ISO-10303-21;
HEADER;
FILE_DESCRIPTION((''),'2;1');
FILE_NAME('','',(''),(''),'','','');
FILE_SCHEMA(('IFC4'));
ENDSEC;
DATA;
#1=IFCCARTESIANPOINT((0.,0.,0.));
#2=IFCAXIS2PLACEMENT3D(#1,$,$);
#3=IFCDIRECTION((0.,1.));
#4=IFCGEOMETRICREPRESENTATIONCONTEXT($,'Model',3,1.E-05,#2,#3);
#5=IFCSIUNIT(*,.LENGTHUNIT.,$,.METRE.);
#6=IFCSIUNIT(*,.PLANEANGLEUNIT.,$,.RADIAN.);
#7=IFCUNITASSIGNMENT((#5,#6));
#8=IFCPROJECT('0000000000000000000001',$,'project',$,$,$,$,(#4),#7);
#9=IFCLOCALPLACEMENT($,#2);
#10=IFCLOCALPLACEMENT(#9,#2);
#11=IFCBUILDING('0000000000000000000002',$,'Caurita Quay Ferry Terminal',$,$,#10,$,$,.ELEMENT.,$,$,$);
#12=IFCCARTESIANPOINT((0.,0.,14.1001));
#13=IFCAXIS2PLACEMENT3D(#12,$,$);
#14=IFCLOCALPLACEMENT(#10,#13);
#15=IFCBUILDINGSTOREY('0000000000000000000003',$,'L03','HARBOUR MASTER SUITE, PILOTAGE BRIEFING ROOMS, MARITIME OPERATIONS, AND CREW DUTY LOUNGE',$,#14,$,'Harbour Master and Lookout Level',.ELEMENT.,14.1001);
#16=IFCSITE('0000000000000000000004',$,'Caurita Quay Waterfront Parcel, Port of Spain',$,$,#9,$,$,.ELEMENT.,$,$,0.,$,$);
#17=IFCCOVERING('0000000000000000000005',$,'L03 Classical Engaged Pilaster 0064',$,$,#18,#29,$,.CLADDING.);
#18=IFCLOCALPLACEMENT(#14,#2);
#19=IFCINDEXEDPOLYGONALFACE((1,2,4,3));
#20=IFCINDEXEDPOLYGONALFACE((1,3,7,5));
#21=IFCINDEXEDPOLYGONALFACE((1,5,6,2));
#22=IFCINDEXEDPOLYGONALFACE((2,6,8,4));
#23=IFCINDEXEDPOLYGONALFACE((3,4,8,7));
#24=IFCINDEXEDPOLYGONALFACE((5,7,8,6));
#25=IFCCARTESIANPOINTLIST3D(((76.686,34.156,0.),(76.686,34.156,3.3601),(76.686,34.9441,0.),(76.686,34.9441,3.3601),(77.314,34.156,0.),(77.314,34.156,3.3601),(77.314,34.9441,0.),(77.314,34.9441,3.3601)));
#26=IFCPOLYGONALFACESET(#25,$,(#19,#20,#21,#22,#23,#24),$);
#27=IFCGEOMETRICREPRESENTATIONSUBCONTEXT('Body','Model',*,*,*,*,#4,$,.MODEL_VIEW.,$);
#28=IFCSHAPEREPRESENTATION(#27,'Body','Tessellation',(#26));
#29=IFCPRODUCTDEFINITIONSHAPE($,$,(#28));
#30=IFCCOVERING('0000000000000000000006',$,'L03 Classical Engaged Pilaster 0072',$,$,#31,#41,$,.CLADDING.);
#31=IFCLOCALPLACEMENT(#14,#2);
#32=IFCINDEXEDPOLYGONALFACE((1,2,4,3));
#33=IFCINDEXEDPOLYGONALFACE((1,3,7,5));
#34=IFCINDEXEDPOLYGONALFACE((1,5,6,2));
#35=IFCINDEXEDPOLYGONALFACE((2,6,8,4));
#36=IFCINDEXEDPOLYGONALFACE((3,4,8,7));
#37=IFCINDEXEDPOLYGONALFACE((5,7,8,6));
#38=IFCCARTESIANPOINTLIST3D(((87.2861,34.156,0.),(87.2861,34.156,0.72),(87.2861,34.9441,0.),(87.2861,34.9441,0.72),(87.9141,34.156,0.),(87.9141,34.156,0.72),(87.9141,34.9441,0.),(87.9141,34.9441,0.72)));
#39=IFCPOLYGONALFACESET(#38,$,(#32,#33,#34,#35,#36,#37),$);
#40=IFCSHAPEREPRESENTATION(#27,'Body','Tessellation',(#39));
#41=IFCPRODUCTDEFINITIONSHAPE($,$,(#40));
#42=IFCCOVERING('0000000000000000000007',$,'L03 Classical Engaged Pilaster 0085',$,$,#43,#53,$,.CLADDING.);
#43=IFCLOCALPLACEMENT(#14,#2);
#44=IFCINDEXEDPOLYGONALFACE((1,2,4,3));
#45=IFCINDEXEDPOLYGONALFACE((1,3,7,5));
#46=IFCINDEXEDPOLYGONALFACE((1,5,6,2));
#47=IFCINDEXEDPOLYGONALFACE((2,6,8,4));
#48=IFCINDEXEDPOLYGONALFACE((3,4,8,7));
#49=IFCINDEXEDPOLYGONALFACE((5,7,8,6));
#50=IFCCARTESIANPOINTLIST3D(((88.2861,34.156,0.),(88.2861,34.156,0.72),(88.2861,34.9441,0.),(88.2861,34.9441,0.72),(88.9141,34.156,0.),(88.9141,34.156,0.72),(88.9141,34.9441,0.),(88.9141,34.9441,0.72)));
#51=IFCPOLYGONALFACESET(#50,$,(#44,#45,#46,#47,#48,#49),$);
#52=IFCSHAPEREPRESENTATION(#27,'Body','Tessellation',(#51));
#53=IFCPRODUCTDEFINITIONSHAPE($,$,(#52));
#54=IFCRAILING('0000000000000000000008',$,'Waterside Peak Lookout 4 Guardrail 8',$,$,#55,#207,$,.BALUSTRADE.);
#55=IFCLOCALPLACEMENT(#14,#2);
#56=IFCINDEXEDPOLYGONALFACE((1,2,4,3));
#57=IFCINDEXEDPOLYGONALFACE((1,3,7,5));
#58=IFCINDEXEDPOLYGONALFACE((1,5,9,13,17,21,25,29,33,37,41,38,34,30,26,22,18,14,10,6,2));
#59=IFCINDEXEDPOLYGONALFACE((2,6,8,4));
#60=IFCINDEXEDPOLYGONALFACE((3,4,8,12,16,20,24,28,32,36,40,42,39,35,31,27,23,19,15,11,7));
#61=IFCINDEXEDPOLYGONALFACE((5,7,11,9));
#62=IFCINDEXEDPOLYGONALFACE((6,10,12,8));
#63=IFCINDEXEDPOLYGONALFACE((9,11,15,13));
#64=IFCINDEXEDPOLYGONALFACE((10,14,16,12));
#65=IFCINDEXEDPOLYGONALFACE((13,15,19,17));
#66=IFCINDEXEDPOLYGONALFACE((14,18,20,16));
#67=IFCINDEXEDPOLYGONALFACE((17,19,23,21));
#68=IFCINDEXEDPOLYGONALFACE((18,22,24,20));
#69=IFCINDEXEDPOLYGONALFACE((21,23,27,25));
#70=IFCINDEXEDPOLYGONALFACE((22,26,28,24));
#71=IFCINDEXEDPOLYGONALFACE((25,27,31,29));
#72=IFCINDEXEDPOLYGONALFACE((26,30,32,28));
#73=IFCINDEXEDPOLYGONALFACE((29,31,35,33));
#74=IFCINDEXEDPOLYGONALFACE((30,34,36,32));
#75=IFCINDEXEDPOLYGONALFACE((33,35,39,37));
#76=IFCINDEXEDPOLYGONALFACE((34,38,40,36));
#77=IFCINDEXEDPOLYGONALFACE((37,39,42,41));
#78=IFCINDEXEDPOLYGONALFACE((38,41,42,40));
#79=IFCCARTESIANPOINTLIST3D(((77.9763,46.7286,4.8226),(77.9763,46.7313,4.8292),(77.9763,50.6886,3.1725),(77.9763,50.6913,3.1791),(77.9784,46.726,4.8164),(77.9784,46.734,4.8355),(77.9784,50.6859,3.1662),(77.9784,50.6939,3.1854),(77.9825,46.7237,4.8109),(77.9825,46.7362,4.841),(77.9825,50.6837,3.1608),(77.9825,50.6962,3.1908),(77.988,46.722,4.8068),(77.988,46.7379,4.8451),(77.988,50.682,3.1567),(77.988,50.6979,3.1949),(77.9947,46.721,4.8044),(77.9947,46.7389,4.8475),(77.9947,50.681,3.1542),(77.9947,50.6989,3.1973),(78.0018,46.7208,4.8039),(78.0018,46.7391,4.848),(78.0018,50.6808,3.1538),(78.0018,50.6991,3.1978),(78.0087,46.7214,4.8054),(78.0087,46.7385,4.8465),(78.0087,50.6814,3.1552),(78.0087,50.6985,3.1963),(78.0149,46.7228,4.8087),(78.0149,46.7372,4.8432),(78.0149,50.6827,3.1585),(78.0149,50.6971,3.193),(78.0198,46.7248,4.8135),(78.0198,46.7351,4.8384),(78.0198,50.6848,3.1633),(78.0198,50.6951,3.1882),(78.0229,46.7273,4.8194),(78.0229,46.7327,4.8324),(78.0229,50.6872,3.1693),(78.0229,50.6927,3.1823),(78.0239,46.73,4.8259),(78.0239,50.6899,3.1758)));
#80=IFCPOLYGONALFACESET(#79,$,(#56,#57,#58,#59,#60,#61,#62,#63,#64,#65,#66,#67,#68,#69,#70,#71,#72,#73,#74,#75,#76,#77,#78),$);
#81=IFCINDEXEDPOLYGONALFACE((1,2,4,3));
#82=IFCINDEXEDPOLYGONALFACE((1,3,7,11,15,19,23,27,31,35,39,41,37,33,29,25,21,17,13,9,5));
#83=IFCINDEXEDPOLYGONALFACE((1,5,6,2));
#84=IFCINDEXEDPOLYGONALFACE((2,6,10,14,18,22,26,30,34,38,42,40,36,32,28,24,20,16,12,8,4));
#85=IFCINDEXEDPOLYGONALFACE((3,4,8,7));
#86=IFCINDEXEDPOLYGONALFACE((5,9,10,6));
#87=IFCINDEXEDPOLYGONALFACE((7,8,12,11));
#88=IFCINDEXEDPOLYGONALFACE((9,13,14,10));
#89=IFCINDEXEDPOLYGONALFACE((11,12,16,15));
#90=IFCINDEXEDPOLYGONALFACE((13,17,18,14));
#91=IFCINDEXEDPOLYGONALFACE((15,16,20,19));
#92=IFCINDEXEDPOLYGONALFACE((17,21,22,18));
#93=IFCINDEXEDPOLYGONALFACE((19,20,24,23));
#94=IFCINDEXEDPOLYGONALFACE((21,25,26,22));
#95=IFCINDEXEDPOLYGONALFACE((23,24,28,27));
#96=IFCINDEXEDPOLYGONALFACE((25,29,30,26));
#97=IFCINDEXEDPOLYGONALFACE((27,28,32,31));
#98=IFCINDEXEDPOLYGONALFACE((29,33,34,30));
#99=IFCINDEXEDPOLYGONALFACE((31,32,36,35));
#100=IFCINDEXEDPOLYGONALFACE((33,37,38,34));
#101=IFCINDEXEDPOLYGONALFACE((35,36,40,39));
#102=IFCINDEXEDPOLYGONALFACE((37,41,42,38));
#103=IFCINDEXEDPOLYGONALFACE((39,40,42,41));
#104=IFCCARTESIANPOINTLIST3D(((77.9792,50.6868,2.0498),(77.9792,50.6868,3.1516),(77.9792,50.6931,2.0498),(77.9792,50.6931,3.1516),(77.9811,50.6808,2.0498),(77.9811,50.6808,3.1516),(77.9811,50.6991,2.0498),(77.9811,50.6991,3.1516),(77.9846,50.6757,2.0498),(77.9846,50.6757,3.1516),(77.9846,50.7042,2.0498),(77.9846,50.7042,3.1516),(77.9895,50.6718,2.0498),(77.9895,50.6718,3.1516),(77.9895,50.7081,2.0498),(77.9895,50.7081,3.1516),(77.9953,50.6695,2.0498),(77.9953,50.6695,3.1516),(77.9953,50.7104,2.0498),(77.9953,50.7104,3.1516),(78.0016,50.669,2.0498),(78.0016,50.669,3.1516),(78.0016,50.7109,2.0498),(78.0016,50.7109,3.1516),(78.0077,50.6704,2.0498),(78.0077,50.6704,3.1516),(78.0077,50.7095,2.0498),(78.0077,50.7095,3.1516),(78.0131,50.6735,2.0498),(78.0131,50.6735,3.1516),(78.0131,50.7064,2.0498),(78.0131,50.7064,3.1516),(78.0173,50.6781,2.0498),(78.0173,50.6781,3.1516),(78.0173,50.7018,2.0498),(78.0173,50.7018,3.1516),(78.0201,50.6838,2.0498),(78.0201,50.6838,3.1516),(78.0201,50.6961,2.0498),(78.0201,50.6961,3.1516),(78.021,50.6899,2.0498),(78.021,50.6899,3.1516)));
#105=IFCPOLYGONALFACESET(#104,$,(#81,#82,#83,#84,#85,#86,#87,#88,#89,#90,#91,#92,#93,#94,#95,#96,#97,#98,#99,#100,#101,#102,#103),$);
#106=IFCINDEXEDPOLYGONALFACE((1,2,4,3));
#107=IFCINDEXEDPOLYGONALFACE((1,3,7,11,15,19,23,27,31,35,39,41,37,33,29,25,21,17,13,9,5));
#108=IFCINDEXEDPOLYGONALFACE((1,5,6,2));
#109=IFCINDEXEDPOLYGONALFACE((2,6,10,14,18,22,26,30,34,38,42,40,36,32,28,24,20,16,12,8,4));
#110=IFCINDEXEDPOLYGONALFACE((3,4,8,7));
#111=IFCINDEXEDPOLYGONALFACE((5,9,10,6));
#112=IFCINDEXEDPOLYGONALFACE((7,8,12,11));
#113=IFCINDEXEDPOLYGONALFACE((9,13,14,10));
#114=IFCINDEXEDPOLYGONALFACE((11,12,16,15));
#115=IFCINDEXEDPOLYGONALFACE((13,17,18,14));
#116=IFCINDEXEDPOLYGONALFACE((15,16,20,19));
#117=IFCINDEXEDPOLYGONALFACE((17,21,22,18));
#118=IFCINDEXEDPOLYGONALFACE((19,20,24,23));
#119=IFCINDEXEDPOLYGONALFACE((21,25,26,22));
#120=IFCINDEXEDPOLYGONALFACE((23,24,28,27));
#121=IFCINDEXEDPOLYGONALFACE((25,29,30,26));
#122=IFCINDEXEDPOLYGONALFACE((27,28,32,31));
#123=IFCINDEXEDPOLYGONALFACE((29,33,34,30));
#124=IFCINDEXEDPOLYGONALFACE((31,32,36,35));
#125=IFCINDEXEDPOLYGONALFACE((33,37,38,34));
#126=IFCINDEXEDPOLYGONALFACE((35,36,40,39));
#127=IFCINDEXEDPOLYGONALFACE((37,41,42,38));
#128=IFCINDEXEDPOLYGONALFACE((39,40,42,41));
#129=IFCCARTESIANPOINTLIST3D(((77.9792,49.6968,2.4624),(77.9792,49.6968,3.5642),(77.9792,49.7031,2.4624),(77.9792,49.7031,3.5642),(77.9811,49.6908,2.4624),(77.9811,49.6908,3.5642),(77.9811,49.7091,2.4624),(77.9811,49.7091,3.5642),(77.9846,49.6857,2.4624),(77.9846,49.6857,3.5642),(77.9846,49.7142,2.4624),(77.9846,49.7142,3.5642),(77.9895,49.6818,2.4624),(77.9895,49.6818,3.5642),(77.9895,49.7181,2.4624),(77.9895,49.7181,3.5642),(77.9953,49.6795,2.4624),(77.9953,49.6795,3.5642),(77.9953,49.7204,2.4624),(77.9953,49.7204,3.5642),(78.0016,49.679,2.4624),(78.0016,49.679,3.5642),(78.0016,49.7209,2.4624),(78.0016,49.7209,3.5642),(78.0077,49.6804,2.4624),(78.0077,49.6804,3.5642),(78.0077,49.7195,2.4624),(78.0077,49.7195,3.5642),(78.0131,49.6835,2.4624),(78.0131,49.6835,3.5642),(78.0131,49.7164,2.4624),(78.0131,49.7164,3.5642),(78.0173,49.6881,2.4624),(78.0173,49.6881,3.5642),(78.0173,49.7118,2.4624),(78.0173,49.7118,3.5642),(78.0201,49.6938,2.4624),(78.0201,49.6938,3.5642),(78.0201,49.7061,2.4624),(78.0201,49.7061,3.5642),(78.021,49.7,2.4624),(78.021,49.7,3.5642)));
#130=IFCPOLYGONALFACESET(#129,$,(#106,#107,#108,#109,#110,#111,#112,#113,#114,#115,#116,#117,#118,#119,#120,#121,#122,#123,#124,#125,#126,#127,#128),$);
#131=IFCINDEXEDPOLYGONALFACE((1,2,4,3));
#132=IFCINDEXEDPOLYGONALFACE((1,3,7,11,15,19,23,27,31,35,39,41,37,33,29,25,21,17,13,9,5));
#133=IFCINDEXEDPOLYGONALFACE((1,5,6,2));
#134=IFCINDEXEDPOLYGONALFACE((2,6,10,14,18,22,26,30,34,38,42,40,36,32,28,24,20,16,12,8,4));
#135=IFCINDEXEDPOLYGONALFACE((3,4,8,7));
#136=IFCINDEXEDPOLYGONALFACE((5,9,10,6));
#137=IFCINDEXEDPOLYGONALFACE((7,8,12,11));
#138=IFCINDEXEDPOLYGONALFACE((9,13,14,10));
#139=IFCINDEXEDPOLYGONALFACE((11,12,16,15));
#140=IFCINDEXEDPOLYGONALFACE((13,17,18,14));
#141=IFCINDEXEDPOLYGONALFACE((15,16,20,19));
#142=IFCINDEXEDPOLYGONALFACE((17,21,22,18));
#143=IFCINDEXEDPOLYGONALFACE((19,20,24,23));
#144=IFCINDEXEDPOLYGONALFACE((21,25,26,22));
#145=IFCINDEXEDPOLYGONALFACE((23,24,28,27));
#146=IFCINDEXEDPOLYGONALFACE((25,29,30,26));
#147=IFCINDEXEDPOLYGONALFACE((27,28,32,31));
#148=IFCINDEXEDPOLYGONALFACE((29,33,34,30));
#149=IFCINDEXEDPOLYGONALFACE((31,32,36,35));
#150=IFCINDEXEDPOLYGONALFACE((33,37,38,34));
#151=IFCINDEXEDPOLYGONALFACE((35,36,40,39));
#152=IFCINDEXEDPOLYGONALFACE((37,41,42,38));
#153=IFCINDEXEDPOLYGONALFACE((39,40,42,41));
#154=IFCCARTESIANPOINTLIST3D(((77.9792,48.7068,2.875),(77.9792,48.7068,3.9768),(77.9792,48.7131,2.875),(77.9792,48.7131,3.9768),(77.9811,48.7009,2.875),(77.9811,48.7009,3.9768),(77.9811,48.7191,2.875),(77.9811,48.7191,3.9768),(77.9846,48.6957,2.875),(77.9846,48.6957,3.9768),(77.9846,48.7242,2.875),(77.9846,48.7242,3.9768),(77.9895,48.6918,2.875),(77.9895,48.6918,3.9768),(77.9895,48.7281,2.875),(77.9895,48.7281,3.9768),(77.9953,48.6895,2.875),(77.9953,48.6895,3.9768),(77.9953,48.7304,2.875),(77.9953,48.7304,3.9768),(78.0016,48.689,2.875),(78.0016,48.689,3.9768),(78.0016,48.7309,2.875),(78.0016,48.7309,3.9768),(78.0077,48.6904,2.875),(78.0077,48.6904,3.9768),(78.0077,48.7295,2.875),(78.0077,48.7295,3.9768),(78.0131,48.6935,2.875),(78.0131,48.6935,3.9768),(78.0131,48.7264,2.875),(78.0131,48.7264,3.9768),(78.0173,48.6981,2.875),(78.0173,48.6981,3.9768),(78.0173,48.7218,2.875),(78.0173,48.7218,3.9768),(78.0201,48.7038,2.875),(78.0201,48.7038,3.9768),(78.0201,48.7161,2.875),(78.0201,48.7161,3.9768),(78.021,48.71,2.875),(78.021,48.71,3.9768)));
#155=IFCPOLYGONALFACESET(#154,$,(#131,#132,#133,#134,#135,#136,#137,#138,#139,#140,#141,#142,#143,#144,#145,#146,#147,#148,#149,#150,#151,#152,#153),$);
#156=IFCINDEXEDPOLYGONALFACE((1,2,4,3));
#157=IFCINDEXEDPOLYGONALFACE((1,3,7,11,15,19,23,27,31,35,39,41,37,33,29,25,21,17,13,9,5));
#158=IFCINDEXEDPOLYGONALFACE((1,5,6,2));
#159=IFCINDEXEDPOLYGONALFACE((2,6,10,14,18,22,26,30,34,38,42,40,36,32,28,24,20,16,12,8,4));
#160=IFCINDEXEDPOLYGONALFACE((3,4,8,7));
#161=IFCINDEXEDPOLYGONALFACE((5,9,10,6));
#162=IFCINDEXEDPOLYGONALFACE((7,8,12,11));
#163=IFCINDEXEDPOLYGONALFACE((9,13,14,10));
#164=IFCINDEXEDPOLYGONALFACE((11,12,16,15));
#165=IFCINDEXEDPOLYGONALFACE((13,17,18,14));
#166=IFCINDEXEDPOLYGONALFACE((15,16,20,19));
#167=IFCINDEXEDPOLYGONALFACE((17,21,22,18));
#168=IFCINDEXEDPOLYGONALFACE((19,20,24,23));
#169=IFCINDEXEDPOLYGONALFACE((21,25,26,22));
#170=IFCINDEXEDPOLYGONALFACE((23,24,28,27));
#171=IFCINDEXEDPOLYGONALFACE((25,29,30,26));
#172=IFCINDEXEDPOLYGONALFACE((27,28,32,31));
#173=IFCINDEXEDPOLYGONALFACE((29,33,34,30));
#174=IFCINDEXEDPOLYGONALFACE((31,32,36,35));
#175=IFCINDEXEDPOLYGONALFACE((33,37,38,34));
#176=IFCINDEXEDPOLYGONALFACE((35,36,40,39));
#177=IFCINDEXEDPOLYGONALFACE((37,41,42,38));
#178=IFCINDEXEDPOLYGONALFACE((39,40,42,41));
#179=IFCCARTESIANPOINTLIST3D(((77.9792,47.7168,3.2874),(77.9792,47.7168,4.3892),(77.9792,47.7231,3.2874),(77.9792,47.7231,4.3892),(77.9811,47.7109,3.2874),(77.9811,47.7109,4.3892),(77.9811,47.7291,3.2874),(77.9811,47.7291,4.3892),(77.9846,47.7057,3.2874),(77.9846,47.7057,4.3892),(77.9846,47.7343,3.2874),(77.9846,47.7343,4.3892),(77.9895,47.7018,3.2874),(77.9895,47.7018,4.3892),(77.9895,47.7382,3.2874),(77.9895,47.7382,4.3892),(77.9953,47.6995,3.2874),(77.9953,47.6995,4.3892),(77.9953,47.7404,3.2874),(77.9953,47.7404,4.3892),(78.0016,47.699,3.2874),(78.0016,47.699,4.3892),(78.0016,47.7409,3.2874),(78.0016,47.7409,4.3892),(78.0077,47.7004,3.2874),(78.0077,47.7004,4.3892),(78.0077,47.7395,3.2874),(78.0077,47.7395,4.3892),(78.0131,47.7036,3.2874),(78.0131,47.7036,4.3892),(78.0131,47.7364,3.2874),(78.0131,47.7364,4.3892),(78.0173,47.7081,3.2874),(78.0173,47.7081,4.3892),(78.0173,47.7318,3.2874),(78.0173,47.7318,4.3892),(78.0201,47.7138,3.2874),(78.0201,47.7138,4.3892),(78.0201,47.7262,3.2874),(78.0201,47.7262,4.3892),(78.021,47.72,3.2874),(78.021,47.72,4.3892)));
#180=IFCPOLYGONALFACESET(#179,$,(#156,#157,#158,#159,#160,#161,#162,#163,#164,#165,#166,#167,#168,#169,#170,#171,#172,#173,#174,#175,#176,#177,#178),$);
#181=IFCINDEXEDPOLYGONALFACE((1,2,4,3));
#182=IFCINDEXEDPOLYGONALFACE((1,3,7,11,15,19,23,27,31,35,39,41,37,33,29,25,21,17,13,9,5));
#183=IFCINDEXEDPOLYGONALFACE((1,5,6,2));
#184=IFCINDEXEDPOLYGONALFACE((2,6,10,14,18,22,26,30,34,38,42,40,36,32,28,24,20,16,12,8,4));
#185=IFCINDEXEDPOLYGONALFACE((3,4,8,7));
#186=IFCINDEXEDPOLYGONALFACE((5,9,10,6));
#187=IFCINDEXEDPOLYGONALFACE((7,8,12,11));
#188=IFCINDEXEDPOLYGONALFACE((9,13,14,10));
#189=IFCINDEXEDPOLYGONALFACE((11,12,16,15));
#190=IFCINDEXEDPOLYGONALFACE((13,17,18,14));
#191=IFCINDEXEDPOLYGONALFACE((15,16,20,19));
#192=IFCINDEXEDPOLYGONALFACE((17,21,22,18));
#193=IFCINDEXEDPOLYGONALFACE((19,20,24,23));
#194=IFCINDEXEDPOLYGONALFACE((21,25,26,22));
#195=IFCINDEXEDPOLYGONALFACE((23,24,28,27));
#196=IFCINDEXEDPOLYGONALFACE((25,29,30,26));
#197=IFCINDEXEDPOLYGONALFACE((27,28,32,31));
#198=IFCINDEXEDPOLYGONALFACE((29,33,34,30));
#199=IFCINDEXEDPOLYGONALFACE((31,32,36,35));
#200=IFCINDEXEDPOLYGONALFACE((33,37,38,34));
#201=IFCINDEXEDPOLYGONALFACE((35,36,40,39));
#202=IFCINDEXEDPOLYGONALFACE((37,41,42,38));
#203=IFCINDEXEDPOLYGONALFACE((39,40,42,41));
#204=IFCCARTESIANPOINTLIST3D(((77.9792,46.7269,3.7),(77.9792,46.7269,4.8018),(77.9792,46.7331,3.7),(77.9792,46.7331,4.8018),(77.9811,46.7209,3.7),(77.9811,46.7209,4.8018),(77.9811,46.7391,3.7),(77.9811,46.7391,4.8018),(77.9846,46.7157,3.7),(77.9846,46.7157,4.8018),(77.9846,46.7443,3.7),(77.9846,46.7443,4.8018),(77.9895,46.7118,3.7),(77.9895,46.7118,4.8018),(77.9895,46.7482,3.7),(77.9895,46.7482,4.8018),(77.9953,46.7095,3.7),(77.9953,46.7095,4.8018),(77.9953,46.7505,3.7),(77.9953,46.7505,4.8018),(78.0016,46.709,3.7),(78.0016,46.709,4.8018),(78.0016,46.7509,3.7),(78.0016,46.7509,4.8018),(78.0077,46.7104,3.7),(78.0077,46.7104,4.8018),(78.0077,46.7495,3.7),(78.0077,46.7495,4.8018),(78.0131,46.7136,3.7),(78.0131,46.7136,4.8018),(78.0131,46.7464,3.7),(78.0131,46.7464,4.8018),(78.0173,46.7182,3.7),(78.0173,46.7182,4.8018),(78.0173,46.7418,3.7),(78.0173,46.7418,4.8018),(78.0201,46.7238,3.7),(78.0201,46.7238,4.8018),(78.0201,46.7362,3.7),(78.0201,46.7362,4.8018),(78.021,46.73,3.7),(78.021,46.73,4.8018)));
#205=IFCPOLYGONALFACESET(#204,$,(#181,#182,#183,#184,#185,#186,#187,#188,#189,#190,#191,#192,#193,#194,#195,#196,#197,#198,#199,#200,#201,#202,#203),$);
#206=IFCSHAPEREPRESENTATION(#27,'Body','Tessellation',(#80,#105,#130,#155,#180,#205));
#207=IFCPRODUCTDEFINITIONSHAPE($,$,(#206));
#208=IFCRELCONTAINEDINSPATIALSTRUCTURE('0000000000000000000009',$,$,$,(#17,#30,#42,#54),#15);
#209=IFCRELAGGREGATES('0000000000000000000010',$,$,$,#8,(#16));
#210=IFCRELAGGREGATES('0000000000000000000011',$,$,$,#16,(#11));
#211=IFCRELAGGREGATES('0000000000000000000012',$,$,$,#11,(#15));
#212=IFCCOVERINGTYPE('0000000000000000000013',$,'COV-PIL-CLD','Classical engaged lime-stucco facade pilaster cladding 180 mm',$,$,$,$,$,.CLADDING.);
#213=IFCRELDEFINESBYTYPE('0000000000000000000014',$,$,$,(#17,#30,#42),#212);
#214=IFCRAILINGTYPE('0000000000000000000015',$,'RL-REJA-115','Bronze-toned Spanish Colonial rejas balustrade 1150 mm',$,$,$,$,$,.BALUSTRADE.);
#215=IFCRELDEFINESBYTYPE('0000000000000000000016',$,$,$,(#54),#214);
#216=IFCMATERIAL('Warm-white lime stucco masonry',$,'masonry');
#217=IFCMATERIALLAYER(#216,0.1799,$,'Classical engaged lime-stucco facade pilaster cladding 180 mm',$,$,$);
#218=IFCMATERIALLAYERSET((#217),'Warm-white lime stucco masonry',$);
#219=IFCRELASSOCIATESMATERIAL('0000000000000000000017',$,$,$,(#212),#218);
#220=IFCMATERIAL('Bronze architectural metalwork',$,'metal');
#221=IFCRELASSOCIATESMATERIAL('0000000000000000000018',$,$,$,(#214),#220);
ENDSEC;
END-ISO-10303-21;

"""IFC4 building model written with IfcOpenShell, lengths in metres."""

from ifc_helpers import new_model, si_unit, direction, frame, origin, origin_2d, place, context, subcontext, project, spatial, rectangle, circle, extrude, material, layer, layer_set, type_object, element, save


model = new_model("IFC4")

# Units and contexts
model_context = context("Model", 3, precision=1e-05, world=origin(), true_north=direction((0.0, 1.0)))
body_context = subcontext(model_context, "Body", "Model", "MODEL_VIEW")
ifc_project = project(units=[si_unit("LENGTHUNIT", "METRE"), si_unit("PLANEANGLEUNIT", "RADIAN")], contexts=[model_context])

# Site, building, storey
site_placement = place(None, origin())
site = spatial("IfcSite", under=ifc_project, at=site_placement, Name="Caurita Quay Waterfront Parcel, Port of Spain", CompositionType="ELEMENT", RefElevation=0.0)
building_placement = place(site_placement, origin())
building = spatial("IfcBuilding", under=site, at=building_placement, Name="Caurita Quay Ferry Terminal", CompositionType="ELEMENT")
storey_placement = place(building_placement, frame((0.0, 0.0, 14.1001)))
storey = spatial("IfcBuildingStorey", under=building, at=storey_placement, Name="L03", Description="HARBOUR MASTER SUITE, PILOTAGE BRIEFING ROOMS, MARITIME OPERATIONS, AND CREW DUTY LOUNGE", LongName="Harbour Master and Lookout Level", CompositionType="ELEMENT", Elevation=14.1001)

# Coverings
ifc_material_1 = material(Name="Warm-white lime stucco masonry", Category="masonry")
ifc_layer_1 = layer(ifc_material_1, 0.1799, Name="Classical engaged lime-stucco facade pilaster cladding 180 mm")
ifc_layer_set_1 = layer_set([ifc_layer_1], Name="Warm-white lime stucco masonry")
covering_type_1 = type_object("IfcCoveringType", Name="COV-PIL-CLD", Description="Classical engaged lime-stucco facade pilaster cladding 180 mm", PredefinedType="CLADDING", material=ifc_layer_set_1)
covering_1_placement = place(storey_placement, frame((77.0, 34.55, 0.0), z_axis=(0.0, 0.0, 1.0), x_axis=(1.0, 0.0, 0.0)))
element("IfcCovering", 1, at=covering_1_placement, inside=storey, type_object=covering_type_1, Name="L03 Classical Engaged Pilaster 0064", PredefinedType="CLADDING", context=body_context, shape_type="SweptSolid", body=[
    extrude(rectangle(XDim=0.6279, YDim=0.7881, at=origin_2d()), origin(), (0.0, 0.0, 1.0), 3.3601),
])
for number, where, z_axis, x_axis, name in (
    (2, (87.6001, 34.55, 0.0), (0.0, 0.0, 1.0), (1.0, 0.0, 0.0), "L03 Classical Engaged Pilaster 0072"),
    (3, (88.6001, 34.55, 0.0), (0.0, 0.0, 1.0), (1.0, 0.0, 0.0), "L03 Classical Engaged Pilaster 0085"),
):
    element("IfcCovering", number, at=place(storey_placement, frame(where, z_axis=z_axis, x_axis=x_axis)), inside=storey, type_object=covering_type_1, Name=name, PredefinedType="CLADDING", context=body_context, shape_type="SweptSolid", body=[
        extrude(rectangle(XDim=0.6279, YDim=0.7881, at=origin_2d()), origin(), (0.0, 0.0, 1.0), 0.72),
    ])

# Railing
ifc_material_2 = material(Name="Bronze architectural metalwork", Category="metal")
railing_type = type_object("IfcRailingType", Name="RL-REJA-115", Description="Bronze-toned Spanish Colonial rejas balustrade 1150 mm", PredefinedType="BALUSTRADE", material=ifc_material_2)
railing_placement = place(storey_placement, frame((78.0, 50.6899, 2.0498)))
element("IfcRailing", 4, at=railing_placement, inside=storey, type_object=railing_type, Name="Waterside Peak Lookout 4 Guardrail 8", PredefinedType="BALUSTRADE", context=body_context, shape_type="SweptSolid", body=[
    extrude(circle(Radius=0.0239, at=origin_2d()), frame((0.0, 0.0, 1.126), z_axis=(0.0, -0.923063, 0.384648), x_axis=(1.0, 0.0, 0.0)), (0.0, 0.0, 1.0), 4.29),
    extrude(circle(Radius=0.021, at=origin_2d()), origin(), (0.0, 0.0, 1.0), 1.1018),
    extrude(circle(Radius=0.021, at=origin_2d()), frame((0.0, -0.99, 0.4126)), (0.0, 0.0, 1.0), 1.1018),
    extrude(circle(Radius=0.021, at=origin_2d()), frame((0.0, -1.98, 0.8252)), (0.0, 0.0, 1.0), 1.1018),
    extrude(circle(Radius=0.021, at=origin_2d()), frame((0.0, -2.97, 1.2375)), (0.0, 0.0, 1.0), 1.1018),
    extrude(circle(Radius=0.021, at=origin_2d()), frame((0.0, -3.96, 1.6501)), (0.0, 0.0, 1.0), 1.1018),
])

save(model, "model.ifc")
